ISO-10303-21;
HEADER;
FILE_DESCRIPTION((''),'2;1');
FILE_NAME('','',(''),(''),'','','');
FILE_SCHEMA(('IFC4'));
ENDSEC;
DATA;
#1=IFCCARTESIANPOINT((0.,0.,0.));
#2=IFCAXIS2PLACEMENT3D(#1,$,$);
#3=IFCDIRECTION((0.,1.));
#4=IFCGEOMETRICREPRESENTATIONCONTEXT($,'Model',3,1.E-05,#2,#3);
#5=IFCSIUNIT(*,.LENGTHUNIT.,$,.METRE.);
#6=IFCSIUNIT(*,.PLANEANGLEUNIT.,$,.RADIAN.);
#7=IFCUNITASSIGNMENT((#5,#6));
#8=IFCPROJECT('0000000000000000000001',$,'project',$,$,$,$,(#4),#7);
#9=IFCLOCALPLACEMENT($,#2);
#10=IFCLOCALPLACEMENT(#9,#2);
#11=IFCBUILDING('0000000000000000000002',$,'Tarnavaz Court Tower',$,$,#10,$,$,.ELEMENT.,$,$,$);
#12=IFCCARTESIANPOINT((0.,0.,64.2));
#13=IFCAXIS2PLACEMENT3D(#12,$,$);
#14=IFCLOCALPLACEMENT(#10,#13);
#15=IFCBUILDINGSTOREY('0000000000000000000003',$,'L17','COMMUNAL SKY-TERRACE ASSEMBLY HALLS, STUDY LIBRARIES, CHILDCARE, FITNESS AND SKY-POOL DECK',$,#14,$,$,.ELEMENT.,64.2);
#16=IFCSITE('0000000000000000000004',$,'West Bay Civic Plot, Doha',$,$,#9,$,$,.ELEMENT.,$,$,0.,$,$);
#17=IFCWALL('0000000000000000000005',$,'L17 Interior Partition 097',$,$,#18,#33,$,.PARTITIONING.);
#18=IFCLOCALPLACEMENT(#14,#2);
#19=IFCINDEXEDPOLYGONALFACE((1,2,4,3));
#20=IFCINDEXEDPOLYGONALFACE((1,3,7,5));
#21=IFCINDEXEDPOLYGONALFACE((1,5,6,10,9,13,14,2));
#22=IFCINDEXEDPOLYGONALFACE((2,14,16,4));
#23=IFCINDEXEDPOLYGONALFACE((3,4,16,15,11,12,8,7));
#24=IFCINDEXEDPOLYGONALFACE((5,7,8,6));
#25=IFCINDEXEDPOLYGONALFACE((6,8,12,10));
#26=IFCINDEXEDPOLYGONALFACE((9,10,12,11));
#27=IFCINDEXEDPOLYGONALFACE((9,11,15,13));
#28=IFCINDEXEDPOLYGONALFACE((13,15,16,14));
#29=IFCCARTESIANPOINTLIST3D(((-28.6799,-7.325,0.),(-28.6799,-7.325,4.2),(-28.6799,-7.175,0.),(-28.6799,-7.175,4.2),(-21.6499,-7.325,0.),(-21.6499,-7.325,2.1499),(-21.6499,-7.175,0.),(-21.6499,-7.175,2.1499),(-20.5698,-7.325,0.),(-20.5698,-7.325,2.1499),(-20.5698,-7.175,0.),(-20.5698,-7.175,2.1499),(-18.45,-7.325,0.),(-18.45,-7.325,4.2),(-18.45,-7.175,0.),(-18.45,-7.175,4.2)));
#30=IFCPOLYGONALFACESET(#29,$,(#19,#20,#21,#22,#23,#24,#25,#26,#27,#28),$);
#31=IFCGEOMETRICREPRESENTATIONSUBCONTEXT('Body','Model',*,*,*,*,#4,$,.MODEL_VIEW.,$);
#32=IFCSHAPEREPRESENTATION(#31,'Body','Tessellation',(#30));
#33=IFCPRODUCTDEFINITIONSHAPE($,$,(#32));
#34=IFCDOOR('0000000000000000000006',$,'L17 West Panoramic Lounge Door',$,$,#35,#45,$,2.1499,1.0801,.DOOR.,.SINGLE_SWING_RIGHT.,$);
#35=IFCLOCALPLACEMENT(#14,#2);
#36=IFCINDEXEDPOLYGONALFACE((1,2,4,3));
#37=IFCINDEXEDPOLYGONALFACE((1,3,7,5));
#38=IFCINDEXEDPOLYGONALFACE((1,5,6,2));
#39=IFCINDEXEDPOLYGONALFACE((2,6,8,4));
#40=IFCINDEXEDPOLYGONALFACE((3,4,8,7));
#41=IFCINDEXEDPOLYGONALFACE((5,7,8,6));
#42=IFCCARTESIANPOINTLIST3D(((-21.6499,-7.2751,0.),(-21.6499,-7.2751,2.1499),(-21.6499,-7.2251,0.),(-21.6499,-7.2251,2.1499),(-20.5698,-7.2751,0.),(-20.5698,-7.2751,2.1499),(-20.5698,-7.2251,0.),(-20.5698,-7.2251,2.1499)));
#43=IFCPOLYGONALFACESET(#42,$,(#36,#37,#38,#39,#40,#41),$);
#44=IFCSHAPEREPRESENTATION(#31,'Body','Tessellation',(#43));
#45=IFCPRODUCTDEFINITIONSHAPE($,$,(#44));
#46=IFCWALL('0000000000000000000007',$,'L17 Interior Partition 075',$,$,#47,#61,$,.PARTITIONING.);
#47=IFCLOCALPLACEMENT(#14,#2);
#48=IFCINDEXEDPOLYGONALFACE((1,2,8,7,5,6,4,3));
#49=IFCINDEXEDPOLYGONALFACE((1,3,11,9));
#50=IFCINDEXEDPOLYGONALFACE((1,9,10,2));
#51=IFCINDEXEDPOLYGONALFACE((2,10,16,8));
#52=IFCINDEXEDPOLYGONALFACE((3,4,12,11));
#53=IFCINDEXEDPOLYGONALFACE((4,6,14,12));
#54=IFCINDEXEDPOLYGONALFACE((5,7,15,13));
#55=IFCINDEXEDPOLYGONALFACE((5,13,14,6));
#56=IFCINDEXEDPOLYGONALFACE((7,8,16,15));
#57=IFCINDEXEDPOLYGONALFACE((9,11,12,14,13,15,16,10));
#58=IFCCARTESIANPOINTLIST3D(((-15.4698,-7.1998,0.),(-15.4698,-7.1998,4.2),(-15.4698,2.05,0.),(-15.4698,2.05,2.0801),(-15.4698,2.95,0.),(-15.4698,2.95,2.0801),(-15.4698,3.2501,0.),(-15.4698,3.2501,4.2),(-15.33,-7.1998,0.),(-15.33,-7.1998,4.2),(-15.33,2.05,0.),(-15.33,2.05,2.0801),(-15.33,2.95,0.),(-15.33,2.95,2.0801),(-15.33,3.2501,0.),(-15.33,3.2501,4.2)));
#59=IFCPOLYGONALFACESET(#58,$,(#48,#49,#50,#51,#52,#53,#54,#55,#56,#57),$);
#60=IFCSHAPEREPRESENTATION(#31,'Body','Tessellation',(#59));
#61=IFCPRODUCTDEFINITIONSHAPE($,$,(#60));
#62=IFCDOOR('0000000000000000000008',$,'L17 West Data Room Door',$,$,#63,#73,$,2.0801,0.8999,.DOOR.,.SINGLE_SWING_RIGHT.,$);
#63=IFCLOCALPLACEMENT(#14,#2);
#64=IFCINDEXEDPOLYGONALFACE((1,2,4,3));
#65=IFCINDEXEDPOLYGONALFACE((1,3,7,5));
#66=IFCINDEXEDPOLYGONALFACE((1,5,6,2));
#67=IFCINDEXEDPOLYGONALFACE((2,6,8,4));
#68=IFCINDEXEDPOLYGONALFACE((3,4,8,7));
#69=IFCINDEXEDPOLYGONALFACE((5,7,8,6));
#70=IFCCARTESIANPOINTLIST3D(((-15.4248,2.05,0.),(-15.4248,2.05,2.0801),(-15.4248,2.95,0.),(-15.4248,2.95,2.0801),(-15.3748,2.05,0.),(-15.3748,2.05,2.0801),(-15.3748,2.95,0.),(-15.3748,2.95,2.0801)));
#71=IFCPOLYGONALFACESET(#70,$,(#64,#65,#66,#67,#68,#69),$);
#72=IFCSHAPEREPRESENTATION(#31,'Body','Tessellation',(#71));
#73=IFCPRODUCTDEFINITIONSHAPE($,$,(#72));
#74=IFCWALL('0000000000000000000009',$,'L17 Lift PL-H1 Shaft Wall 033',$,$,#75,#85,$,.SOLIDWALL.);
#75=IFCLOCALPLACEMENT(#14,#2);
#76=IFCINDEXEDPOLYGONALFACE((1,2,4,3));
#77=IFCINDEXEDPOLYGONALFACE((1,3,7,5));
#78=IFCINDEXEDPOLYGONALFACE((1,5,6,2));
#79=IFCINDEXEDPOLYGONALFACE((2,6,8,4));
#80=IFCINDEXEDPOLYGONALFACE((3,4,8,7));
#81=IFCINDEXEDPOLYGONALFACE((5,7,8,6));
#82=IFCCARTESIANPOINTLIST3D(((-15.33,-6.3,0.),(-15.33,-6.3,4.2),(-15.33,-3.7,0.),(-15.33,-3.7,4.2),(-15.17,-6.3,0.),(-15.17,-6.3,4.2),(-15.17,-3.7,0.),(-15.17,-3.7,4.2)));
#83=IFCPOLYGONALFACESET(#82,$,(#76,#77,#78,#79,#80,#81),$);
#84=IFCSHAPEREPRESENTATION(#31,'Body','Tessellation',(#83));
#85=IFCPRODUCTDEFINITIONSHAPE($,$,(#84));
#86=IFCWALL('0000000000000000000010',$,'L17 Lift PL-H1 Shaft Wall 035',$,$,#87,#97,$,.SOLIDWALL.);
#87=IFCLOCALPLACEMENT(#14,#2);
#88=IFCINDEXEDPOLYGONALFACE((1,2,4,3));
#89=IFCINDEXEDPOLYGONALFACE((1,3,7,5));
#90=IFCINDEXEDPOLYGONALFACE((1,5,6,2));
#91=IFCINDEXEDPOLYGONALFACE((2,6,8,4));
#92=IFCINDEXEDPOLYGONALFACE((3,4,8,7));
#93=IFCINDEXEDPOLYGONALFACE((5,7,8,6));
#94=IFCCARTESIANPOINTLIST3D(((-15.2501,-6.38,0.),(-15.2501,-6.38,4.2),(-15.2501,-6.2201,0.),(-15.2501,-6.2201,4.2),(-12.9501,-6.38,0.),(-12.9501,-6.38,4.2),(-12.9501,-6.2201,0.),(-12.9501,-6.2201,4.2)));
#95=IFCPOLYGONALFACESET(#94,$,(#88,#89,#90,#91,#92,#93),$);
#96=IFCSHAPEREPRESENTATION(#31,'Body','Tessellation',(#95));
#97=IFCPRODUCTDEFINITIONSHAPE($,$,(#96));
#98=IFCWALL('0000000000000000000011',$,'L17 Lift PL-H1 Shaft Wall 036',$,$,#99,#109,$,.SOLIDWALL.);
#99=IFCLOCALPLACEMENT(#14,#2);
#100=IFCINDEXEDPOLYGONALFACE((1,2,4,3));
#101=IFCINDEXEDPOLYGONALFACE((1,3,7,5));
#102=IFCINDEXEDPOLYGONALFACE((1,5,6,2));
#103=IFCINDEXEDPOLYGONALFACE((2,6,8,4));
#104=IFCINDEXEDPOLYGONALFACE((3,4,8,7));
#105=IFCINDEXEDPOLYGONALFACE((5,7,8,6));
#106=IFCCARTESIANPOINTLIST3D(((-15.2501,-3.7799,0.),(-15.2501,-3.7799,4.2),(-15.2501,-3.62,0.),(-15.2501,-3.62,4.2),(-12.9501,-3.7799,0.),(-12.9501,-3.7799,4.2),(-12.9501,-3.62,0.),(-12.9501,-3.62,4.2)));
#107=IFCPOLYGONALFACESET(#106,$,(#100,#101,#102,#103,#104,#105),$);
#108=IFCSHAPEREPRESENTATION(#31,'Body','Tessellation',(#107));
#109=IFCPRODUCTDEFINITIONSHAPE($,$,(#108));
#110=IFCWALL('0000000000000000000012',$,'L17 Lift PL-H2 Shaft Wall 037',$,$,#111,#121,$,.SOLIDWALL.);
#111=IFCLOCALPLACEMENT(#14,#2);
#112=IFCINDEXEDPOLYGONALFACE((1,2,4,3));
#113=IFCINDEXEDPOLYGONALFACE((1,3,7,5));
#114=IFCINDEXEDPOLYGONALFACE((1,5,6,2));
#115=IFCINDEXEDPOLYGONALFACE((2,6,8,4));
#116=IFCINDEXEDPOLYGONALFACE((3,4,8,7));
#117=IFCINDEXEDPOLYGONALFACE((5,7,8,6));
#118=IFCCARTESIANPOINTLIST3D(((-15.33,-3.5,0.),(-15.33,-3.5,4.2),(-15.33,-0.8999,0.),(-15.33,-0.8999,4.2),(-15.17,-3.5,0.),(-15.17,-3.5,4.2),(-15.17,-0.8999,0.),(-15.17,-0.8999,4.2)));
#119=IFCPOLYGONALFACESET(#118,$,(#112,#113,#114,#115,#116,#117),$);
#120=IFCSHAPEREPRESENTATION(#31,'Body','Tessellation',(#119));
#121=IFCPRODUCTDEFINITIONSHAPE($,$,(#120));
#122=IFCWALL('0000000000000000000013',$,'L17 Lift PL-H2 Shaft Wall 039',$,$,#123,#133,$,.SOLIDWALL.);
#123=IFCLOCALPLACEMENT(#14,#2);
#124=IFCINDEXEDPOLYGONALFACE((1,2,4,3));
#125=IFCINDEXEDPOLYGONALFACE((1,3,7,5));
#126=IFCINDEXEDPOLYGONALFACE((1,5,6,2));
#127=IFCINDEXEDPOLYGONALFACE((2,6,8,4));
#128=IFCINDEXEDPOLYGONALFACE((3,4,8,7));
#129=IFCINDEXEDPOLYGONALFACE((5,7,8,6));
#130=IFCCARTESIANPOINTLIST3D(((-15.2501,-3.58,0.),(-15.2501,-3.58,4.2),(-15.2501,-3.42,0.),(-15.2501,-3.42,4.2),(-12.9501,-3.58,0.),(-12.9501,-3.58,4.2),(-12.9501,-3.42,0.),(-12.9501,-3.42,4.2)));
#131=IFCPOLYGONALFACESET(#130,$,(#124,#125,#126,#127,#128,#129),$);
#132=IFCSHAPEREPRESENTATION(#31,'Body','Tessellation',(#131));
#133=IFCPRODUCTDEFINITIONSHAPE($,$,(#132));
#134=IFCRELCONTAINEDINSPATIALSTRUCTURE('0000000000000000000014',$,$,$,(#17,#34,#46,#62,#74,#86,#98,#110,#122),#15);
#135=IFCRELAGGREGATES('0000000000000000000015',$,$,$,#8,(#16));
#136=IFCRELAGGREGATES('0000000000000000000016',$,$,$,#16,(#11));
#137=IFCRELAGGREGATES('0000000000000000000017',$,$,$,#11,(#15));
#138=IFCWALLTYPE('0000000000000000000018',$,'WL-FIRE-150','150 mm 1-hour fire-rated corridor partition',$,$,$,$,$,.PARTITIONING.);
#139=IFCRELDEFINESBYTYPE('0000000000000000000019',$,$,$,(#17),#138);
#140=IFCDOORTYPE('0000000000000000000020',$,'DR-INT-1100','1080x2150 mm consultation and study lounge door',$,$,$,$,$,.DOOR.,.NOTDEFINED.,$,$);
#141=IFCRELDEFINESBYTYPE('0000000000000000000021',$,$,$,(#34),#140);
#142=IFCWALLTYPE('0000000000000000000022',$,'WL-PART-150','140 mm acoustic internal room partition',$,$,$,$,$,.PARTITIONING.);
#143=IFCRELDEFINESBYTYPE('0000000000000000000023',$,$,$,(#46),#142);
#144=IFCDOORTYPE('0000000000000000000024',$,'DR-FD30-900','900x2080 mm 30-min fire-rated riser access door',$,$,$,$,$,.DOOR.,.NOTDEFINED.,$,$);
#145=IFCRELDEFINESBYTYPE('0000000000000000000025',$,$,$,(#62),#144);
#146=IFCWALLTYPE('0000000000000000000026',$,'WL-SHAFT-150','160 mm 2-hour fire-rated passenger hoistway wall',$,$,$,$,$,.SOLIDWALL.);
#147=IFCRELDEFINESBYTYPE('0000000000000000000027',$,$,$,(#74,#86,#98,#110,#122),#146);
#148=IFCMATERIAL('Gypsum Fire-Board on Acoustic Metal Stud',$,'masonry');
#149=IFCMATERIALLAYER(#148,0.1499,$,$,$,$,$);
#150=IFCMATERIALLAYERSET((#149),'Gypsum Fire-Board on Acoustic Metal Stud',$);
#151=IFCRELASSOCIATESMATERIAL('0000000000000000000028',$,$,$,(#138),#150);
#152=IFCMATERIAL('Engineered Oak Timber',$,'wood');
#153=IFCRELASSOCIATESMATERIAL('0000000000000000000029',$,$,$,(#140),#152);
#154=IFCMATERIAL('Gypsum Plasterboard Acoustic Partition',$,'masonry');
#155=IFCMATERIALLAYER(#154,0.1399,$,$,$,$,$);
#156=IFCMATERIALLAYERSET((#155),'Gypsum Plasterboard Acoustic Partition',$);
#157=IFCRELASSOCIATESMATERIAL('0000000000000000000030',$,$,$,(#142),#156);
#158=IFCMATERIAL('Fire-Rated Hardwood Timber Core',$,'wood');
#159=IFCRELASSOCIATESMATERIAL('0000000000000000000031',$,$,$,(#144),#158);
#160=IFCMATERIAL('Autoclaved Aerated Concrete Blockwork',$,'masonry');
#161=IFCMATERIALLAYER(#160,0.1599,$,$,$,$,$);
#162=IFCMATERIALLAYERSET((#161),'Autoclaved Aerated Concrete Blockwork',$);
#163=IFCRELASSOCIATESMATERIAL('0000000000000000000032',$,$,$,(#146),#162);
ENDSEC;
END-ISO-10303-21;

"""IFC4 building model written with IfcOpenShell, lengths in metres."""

from ifc_helpers import new_model, si_unit, direction, frame, frame_2d, origin, place, context, subcontext, project, spatial, rectangle, extrude, material, layer, layer_set, type_object, element, fill, save


model = new_model("IFC4")

# Units and contexts
model_context = context("Model", 3, precision=1e-05, world=origin(), true_north=direction((0.0, 1.0)))
body_context = subcontext(model_context, "Body", "Model", "MODEL_VIEW")
ifc_project = project(units=[si_unit("LENGTHUNIT", "METRE"), si_unit("PLANEANGLEUNIT", "RADIAN")], contexts=[model_context])

# Site, building, storey
site_placement = place(None, origin())
site = spatial("IfcSite", under=ifc_project, at=site_placement, Name="West Bay Civic Plot, Doha", CompositionType="ELEMENT", RefElevation=0.0)
building_placement = place(site_placement, origin())
building = spatial("IfcBuilding", under=site, at=building_placement, Name="Tarnavaz Court Tower", CompositionType="ELEMENT")
storey_placement = place(building_placement, frame((0.0, 0.0, 64.2)))
storey = spatial("IfcBuildingStorey", under=building, at=storey_placement, Name="L17", Description="COMMUNAL SKY-TERRACE ASSEMBLY HALLS, STUDY LIBRARIES, CHILDCARE, FITNESS AND SKY-POOL DECK", CompositionType="ELEMENT", Elevation=64.2)

# Walls, openings, doors
ifc_material_1 = material(Name="Gypsum Fire-Board on Acoustic Metal Stud", Category="masonry")
ifc_layer_1 = layer(ifc_material_1, 0.1499)
ifc_layer_set_1 = layer_set([ifc_layer_1], Name="Gypsum Fire-Board on Acoustic Metal Stud")
wall_type_1 = type_object("IfcWallType", Name="WL-FIRE-150", Description="150 mm 1-hour fire-rated corridor partition", PredefinedType="PARTITIONING", material=ifc_layer_set_1)
wall_1_placement = place(storey_placement, frame((-28.6799, -7.25, 0.0), z_axis=(0.0, 0.0, 1.0), x_axis=(1.0, 0.0, 0.0)))
wall_1 = element("IfcWall", 1, at=wall_1_placement, inside=storey, type_object=wall_type_1, Name="L17 Interior Partition 097", PredefinedType="PARTITIONING", context=body_context, shape_type="SweptSolid", body=[
    extrude(rectangle(XDim=10.23, YDim=0.1499, at=frame_2d((5.115, 0.0))), origin(), (0.0, 0.0, 1.0), 4.2),
])
opening_1_placement = place(wall_1_placement, frame((7.03, 0.0, 0.0)))
opening_1 = element("IfcOpeningElement", 2, at=opening_1_placement, cuts=wall_1, PredefinedType="OPENING", context=body_context, shape_type="SweptSolid", body=[
    extrude(rectangle(XDim=1.0801, YDim=2.1499, at=frame_2d((0.54, 1.075))), frame((0.0, 0.085, 0.0), z_axis=(0.0, -1.0, 0.0), x_axis=(1.0, 0.0, 0.0)), (0.0, 0.0, 1.0), 0.1699),
])
ifc_material_2 = material(Name="Engineered Oak Timber", Category="wood")
door_type_1 = type_object("IfcDoorType", Name="DR-INT-1100", Description="1080x2150 mm consultation and study lounge door", OperationType="NOTDEFINED", PredefinedType="DOOR", material=ifc_material_2)
door_1_placement = place(opening_1_placement, origin())
door_1 = element("IfcDoor", 3, at=door_1_placement, inside=storey, type_object=door_type_1, Name="L17 West Panoramic Lounge Door", OperationType="SINGLE_SWING_RIGHT", OverallHeight=2.1499, OverallWidth=1.0801, PredefinedType="DOOR", context=body_context, shape_type="SweptSolid", body=[
    extrude(rectangle(XDim=1.0801, YDim=2.1499, at=frame_2d((0.54, 1.075))), frame((0.0, 0.0249, 0.0), z_axis=(0.0, -1.0, 0.0), x_axis=(1.0, 0.0, 0.0)), (0.0, 0.0, 1.0), 0.05),
])
fill(opening_1, door_1)
ifc_material_3 = material(Name="Gypsum Plasterboard Acoustic Partition", Category="masonry")
ifc_layer_2 = layer(ifc_material_3, 0.1399)
ifc_layer_set_2 = layer_set([ifc_layer_2], Name="Gypsum Plasterboard Acoustic Partition")
wall_type_2 = type_object("IfcWallType", Name="WL-PART-150", Description="140 mm acoustic internal room partition", PredefinedType="PARTITIONING", material=ifc_layer_set_2)
wall_2_placement = place(storey_placement, frame((-15.3999, -7.2, 0.0), z_axis=(0.0, 0.0, 1.0), x_axis=(0.0, 1.0, 0.0)))
wall_2 = element("IfcWall", 4, at=wall_2_placement, inside=storey, type_object=wall_type_2, Name="L17 Interior Partition 075", PredefinedType="PARTITIONING", context=body_context, shape_type="SweptSolid", body=[
    extrude(rectangle(XDim=10.45, YDim=0.1399, at=frame_2d((5.2251, 0.0))), origin(), (0.0, 0.0, 1.0), 4.2),
])
opening_2_placement = place(wall_2_placement, frame((9.25, 0.0, 0.0)))
opening_2 = element("IfcOpeningElement", 5, at=opening_2_placement, cuts=wall_2, PredefinedType="OPENING", context=body_context, shape_type="SweptSolid", body=[
    extrude(rectangle(XDim=0.8999, YDim=2.0801, at=frame_2d((0.45, 1.04))), frame((0.0, 0.0798, 0.0), z_axis=(0.0, -1.0, 0.0), x_axis=(1.0, 0.0, 0.0)), (0.0, 0.0, 1.0), 0.1599),
])
ifc_material_4 = material(Name="Fire-Rated Hardwood Timber Core", Category="wood")
door_type_2 = type_object("IfcDoorType", Name="DR-FD30-900", Description="900x2080 mm 30-min fire-rated riser access door", OperationType="NOTDEFINED", PredefinedType="DOOR", material=ifc_material_4)
door_2_placement = place(opening_2_placement, origin())
door_2 = element("IfcDoor", 6, at=door_2_placement, inside=storey, type_object=door_type_2, Name="L17 West Data Room Door", OperationType="SINGLE_SWING_RIGHT", OverallHeight=2.0801, OverallWidth=0.8999, PredefinedType="DOOR", context=body_context, shape_type="SweptSolid", body=[
    extrude(rectangle(XDim=0.8999, YDim=2.0801, at=frame_2d((0.45, 1.04))), frame((0.0, 0.0249, 0.0), z_axis=(0.0, -1.0, 0.0), x_axis=(1.0, 0.0, 0.0)), (0.0, 0.0, 1.0), 0.05),
])
fill(opening_2, door_2)

# Walls
ifc_material_5 = material(Name="Autoclaved Aerated Concrete Blockwork", Category="masonry")
ifc_layer_3 = layer(ifc_material_5, 0.1599)
ifc_layer_set_3 = layer_set([ifc_layer_3], Name="Autoclaved Aerated Concrete Blockwork")
wall_type_3 = type_object("IfcWallType", Name="WL-SHAFT-150", Description="160 mm 2-hour fire-rated passenger hoistway wall", PredefinedType="SOLIDWALL", material=ifc_layer_set_3)
wall_3_placement = place(storey_placement, frame((-15.25, -6.3, 0.0), z_axis=(0.0, 0.0, 1.0), x_axis=(0.0, 1.0, 0.0)))
element("IfcWall", 7, at=wall_3_placement, inside=storey, type_object=wall_type_3, Name="L17 Lift PL-H1 Shaft Wall 033", PredefinedType="SOLIDWALL", context=body_context, shape_type="SweptSolid", body=[
    extrude(rectangle(XDim=2.6001, YDim=0.1599, at=frame_2d((1.3, 0.0))), origin(), (0.0, 0.0, 1.0), 4.2),
])
for number, where, z_axis, x_axis, name in (
    (8, (-15.25, -6.3, 0.0), (0.0, 0.0, 1.0), (1.0, 0.0, 0.0), "L17 Lift PL-H1 Shaft Wall 035"),
    (9, (-15.25, -3.7, 0.0), (0.0, 0.0, 1.0), (1.0, 0.0, 0.0), "L17 Lift PL-H1 Shaft Wall 036"),
):
    element("IfcWall", number, at=place(storey_placement, frame(where, z_axis=z_axis, x_axis=x_axis)), inside=storey, type_object=wall_type_3, Name=name, PredefinedType="SOLIDWALL", context=body_context, shape_type="SweptSolid", body=[
        extrude(rectangle(XDim=2.3, YDim=0.1599, at=frame_2d((1.1499, 0.0))), origin(), (0.0, 0.0, 1.0), 4.2),
    ])
wall_4_placement = place(storey_placement, frame((-15.25, -3.5, 0.0), z_axis=(0.0, 0.0, 1.0), x_axis=(0.0, 1.0, 0.0)))
element("IfcWall", 10, at=wall_4_placement, inside=storey, type_object=wall_type_3, Name="L17 Lift PL-H2 Shaft Wall 037", PredefinedType="SOLIDWALL", context=body_context, shape_type="SweptSolid", body=[
    extrude(rectangle(XDim=2.6001, YDim=0.1599, at=frame_2d((1.3, 0.0))), origin(), (0.0, 0.0, 1.0), 4.2),
])
wall_5_placement = place(storey_placement, frame((-15.25, -3.5, 0.0), z_axis=(0.0, 0.0, 1.0), x_axis=(1.0, 0.0, 0.0)))
element("IfcWall", 11, at=wall_5_placement, inside=storey, type_object=wall_type_3, Name="L17 Lift PL-H2 Shaft Wall 039", PredefinedType="SOLIDWALL", context=body_context, shape_type="SweptSolid", body=[
    extrude(rectangle(XDim=2.3, YDim=0.1599, at=frame_2d((1.1499, 0.0))), origin(), (0.0, 0.0, 1.0), 4.2),
])

save(model, "model.ifc")
